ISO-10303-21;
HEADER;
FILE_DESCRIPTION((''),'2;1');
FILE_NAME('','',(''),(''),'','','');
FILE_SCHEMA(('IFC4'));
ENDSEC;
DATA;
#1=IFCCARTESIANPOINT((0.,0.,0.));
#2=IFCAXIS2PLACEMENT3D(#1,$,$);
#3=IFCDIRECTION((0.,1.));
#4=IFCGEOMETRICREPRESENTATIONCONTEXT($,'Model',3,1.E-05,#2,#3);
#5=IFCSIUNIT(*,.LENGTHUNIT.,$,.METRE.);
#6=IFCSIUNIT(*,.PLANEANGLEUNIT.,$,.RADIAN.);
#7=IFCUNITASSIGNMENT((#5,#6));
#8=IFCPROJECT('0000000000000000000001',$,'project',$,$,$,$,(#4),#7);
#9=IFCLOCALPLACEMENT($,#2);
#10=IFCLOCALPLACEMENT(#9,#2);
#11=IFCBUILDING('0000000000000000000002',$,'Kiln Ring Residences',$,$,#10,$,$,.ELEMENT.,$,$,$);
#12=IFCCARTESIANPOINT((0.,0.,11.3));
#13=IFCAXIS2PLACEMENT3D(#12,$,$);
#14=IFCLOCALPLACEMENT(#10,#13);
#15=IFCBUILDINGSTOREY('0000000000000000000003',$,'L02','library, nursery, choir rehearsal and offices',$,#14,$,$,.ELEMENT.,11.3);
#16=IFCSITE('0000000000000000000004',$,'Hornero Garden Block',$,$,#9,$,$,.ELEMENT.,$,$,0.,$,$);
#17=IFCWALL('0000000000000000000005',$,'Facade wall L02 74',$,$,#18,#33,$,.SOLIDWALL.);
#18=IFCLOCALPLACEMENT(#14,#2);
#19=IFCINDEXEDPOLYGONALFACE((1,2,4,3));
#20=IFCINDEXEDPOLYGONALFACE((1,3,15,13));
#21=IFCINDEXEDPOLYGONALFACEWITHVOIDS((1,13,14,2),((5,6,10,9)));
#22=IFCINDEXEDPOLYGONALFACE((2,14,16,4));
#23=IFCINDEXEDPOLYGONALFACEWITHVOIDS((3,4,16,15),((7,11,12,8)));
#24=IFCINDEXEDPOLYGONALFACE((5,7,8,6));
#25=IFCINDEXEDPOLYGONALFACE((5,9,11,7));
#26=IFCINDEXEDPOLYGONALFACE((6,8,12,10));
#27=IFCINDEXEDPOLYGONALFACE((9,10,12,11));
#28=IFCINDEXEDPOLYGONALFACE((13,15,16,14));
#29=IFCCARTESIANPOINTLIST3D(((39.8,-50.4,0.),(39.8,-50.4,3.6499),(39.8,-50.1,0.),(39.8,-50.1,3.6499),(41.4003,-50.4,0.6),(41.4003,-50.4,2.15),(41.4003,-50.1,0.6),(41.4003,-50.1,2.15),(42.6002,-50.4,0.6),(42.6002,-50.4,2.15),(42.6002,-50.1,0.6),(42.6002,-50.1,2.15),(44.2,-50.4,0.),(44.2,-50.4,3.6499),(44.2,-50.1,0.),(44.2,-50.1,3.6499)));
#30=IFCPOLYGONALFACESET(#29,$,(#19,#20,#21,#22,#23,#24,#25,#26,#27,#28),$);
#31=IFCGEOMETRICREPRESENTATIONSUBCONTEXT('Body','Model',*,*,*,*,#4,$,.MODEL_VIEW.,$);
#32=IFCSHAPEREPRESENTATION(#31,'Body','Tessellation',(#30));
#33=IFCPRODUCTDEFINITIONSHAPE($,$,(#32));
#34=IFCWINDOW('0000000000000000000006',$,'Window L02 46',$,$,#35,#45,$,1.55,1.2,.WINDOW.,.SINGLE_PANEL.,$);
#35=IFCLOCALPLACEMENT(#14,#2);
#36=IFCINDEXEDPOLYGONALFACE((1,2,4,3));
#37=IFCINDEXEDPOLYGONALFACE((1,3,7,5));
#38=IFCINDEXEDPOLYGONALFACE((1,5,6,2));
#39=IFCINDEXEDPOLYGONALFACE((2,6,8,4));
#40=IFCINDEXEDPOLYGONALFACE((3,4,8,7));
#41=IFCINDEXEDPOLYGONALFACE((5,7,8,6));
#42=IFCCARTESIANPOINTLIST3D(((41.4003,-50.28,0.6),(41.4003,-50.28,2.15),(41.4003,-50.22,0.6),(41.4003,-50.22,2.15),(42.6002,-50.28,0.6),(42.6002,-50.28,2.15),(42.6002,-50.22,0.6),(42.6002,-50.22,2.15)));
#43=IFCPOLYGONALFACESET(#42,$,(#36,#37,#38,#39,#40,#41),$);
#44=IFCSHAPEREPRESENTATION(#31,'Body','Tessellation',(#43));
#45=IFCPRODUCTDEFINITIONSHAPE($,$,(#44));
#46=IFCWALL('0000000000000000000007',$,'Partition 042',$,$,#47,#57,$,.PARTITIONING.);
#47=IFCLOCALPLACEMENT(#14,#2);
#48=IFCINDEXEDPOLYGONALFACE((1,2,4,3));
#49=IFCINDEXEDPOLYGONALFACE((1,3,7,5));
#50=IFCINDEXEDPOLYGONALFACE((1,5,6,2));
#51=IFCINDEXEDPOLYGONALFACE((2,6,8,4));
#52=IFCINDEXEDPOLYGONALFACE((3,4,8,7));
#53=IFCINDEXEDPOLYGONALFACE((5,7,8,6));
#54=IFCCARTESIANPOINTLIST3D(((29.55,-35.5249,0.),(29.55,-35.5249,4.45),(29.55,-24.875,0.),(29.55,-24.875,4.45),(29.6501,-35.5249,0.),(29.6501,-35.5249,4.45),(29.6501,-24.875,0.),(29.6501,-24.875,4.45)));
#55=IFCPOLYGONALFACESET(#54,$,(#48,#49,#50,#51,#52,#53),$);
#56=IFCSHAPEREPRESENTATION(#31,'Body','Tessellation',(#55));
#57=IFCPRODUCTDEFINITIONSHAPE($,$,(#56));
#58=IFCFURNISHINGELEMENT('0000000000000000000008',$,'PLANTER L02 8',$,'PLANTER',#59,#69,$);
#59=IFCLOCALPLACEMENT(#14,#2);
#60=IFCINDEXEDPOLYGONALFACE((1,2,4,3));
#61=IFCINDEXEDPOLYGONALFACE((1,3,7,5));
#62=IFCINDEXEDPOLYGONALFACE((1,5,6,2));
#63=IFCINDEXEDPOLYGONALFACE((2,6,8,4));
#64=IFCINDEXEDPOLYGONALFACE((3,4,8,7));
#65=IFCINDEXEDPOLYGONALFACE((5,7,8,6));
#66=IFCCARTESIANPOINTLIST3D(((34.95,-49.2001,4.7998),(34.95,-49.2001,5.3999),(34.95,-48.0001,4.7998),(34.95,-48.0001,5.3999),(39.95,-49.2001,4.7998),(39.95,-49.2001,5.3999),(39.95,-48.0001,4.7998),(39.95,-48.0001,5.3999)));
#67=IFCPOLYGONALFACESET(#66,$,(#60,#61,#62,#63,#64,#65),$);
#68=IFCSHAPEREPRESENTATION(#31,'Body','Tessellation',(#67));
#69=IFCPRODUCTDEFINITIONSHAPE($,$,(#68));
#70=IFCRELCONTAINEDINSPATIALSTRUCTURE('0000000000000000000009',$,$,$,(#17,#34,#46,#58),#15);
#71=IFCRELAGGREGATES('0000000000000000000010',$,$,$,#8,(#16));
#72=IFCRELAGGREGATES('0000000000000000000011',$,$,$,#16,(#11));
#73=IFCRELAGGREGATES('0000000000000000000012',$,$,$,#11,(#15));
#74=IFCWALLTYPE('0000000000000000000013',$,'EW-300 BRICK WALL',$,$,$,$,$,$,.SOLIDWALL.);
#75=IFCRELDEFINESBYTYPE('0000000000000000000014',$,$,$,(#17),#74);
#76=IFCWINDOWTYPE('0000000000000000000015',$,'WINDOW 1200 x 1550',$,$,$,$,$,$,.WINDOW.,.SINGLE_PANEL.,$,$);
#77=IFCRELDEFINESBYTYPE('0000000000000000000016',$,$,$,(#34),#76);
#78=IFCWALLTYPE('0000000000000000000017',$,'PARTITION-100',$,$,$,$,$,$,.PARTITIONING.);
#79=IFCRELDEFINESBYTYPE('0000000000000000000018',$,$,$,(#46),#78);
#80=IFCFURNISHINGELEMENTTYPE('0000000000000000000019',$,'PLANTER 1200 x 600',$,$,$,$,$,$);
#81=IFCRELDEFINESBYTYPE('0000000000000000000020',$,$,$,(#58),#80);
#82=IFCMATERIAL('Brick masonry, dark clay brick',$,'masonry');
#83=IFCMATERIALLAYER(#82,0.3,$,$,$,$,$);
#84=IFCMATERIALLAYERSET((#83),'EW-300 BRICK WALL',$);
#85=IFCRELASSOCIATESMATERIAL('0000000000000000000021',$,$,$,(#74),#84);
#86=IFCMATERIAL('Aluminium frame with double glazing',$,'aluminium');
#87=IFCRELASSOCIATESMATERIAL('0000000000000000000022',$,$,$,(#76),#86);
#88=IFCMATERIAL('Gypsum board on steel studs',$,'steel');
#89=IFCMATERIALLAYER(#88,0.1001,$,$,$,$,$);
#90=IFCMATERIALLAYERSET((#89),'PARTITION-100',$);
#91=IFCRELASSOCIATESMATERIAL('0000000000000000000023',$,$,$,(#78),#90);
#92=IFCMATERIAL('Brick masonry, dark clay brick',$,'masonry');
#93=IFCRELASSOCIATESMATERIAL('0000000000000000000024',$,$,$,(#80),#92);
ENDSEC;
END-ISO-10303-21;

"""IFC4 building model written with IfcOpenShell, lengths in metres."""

from ifc_helpers import new_model, si_unit, direction, frame, frame_2d, origin, origin_2d, place, context, subcontext, project, spatial, rectangle, extrude, material, layer, layer_set, type_object, element, fill, save


model = new_model("IFC4")

# Units and contexts
model_context = context("Model", 3, precision=1e-05, world=origin(), true_north=direction((0.0, 1.0)))
body_context = subcontext(model_context, "Body", "Model", "MODEL_VIEW")
ifc_project = project(units=[si_unit("LENGTHUNIT", "METRE"), si_unit("PLANEANGLEUNIT", "RADIAN")], contexts=[model_context])

# Site, building, storey
site_placement = place(None, origin())
site = spatial("IfcSite", under=ifc_project, at=site_placement, Name="Hornero Garden Block", CompositionType="ELEMENT", RefElevation=0.0)
building_placement = place(site_placement, origin())
building = spatial("IfcBuilding", under=site, at=building_placement, Name="Kiln Ring Residences", CompositionType="ELEMENT")
storey_placement = place(building_placement, frame((0.0, 0.0, 11.3)))
storey = spatial("IfcBuildingStorey", under=building, at=storey_placement, Name="L02", Description="library, nursery, choir rehearsal and offices", CompositionType="ELEMENT", Elevation=11.3)

# Shared definitions
ifc_material_1 = material(Name="Brick masonry, dark clay brick", Category="masonry")
ifc_layer_1 = layer(ifc_material_1, 0.3)
ifc_layer_set_1 = layer_set([ifc_layer_1], Name="EW-300 BRICK WALL")
wall_type_1 = type_object("IfcWallType", Name="EW-300 BRICK WALL", PredefinedType="SOLIDWALL", material=ifc_layer_set_1)
ifc_material_2 = material(Name="Aluminium frame with double glazing", Category="aluminium")
window_type_1 = type_object("IfcWindowType", Name="WINDOW 1200 x 1550", PartitioningType="SINGLE_PANEL", PredefinedType="WINDOW", material=ifc_material_2)

# Wall, opening, window
wall_1_placement = place(storey_placement, frame((39.8, -50.25, 0.0), z_axis=(0.0, 0.0, 1.0), x_axis=(1.0, 0.0, 0.0)))
wall_1 = element("IfcWall", 1, at=wall_1_placement, inside=storey, type_object=wall_type_1, Name="Facade wall L02 74", PredefinedType="SOLIDWALL", context=body_context, shape_type="SweptSolid", body=[
    extrude(rectangle(XDim=4.3999, YDim=0.3, at=frame_2d((2.2, 0.0))), origin(), (0.0, 0.0, 1.0), 3.6499),
])
opening_1_placement = place(wall_1_placement, frame((1.6001, 0.0, 0.6001)))
opening_1 = element("IfcOpeningElement", 2, at=opening_1_placement, cuts=wall_1, PredefinedType="OPENING", context=body_context, shape_type="SweptSolid", body=[
    extrude(rectangle(XDim=1.2, YDim=1.55, at=frame_2d((0.6001, 0.7749))), frame((0.0, 0.1599, 0.0), z_axis=(0.0, -1.0, 0.0), x_axis=(1.0, 0.0, 0.0)), (0.0, 0.0, 1.0), 0.3201),
])
window_1_placement = place(opening_1_placement, origin())
window_1 = element("IfcWindow", 3, at=window_1_placement, inside=storey, type_object=window_type_1, Name="Window L02 46", OverallHeight=1.55, OverallWidth=1.2, PartitioningType="SINGLE_PANEL", PredefinedType="WINDOW", context=body_context, shape_type="SweptSolid", body=[
    extrude(rectangle(XDim=1.2, YDim=1.55, at=frame_2d((0.6001, 0.7749))), frame((0.0, 0.03, 0.0), z_axis=(0.0, -1.0, 0.0), x_axis=(1.0, 0.0, 0.0)), (0.0, 0.0, 1.0), 0.0601),
])
fill(opening_1, window_1)

# Wall
ifc_material_3 = material(Name="Gypsum board on steel studs", Category="steel")
ifc_layer_2 = layer(ifc_material_3, 0.1001)
ifc_layer_set_2 = layer_set([ifc_layer_2], Name="PARTITION-100")
wall_type_2 = type_object("IfcWallType", Name="PARTITION-100", PredefinedType="PARTITIONING", material=ifc_layer_set_2)
wall_2_placement = place(storey_placement, frame((29.6001, -35.5249, 0.0), z_axis=(0.0, 0.0, 1.0), x_axis=(0.0, 1.0, 0.0)))
element("IfcWall", 4, at=wall_2_placement, inside=storey, type_object=wall_type_2, Name="Partition 042", PredefinedType="PARTITIONING", context=body_context, shape_type="SweptSolid", body=[
    extrude(rectangle(XDim=10.6499, YDim=0.1001, at=frame_2d((5.325, 0.0))), origin(), (0.0, 0.0, 1.0), 4.45),
])

# Furnishing element
ifc_material_4 = material(Name="Brick masonry, dark clay brick", Category="masonry")
furnishing_element_type = type_object("IfcFurnishingElementType", Name="PLANTER 1200 x 600", material=ifc_material_4)
furnishing_placement = place(storey_placement, frame((37.45, -48.6001, 4.7998), z_axis=(0.0, 0.0, 1.0), x_axis=(1.0, 0.0, 0.0)))
element("IfcFurnishingElement", 5, at=furnishing_placement, inside=storey, type_object=furnishing_element_type, Name="PLANTER L02 8", ObjectType="PLANTER", context=body_context, shape_type="SweptSolid", body=[
    extrude(rectangle(XDim=5.0, YDim=1.2, at=origin_2d()), origin(), (0.0, 0.0, 1.0), 0.6001),
])

save(model, "model.ifc")
